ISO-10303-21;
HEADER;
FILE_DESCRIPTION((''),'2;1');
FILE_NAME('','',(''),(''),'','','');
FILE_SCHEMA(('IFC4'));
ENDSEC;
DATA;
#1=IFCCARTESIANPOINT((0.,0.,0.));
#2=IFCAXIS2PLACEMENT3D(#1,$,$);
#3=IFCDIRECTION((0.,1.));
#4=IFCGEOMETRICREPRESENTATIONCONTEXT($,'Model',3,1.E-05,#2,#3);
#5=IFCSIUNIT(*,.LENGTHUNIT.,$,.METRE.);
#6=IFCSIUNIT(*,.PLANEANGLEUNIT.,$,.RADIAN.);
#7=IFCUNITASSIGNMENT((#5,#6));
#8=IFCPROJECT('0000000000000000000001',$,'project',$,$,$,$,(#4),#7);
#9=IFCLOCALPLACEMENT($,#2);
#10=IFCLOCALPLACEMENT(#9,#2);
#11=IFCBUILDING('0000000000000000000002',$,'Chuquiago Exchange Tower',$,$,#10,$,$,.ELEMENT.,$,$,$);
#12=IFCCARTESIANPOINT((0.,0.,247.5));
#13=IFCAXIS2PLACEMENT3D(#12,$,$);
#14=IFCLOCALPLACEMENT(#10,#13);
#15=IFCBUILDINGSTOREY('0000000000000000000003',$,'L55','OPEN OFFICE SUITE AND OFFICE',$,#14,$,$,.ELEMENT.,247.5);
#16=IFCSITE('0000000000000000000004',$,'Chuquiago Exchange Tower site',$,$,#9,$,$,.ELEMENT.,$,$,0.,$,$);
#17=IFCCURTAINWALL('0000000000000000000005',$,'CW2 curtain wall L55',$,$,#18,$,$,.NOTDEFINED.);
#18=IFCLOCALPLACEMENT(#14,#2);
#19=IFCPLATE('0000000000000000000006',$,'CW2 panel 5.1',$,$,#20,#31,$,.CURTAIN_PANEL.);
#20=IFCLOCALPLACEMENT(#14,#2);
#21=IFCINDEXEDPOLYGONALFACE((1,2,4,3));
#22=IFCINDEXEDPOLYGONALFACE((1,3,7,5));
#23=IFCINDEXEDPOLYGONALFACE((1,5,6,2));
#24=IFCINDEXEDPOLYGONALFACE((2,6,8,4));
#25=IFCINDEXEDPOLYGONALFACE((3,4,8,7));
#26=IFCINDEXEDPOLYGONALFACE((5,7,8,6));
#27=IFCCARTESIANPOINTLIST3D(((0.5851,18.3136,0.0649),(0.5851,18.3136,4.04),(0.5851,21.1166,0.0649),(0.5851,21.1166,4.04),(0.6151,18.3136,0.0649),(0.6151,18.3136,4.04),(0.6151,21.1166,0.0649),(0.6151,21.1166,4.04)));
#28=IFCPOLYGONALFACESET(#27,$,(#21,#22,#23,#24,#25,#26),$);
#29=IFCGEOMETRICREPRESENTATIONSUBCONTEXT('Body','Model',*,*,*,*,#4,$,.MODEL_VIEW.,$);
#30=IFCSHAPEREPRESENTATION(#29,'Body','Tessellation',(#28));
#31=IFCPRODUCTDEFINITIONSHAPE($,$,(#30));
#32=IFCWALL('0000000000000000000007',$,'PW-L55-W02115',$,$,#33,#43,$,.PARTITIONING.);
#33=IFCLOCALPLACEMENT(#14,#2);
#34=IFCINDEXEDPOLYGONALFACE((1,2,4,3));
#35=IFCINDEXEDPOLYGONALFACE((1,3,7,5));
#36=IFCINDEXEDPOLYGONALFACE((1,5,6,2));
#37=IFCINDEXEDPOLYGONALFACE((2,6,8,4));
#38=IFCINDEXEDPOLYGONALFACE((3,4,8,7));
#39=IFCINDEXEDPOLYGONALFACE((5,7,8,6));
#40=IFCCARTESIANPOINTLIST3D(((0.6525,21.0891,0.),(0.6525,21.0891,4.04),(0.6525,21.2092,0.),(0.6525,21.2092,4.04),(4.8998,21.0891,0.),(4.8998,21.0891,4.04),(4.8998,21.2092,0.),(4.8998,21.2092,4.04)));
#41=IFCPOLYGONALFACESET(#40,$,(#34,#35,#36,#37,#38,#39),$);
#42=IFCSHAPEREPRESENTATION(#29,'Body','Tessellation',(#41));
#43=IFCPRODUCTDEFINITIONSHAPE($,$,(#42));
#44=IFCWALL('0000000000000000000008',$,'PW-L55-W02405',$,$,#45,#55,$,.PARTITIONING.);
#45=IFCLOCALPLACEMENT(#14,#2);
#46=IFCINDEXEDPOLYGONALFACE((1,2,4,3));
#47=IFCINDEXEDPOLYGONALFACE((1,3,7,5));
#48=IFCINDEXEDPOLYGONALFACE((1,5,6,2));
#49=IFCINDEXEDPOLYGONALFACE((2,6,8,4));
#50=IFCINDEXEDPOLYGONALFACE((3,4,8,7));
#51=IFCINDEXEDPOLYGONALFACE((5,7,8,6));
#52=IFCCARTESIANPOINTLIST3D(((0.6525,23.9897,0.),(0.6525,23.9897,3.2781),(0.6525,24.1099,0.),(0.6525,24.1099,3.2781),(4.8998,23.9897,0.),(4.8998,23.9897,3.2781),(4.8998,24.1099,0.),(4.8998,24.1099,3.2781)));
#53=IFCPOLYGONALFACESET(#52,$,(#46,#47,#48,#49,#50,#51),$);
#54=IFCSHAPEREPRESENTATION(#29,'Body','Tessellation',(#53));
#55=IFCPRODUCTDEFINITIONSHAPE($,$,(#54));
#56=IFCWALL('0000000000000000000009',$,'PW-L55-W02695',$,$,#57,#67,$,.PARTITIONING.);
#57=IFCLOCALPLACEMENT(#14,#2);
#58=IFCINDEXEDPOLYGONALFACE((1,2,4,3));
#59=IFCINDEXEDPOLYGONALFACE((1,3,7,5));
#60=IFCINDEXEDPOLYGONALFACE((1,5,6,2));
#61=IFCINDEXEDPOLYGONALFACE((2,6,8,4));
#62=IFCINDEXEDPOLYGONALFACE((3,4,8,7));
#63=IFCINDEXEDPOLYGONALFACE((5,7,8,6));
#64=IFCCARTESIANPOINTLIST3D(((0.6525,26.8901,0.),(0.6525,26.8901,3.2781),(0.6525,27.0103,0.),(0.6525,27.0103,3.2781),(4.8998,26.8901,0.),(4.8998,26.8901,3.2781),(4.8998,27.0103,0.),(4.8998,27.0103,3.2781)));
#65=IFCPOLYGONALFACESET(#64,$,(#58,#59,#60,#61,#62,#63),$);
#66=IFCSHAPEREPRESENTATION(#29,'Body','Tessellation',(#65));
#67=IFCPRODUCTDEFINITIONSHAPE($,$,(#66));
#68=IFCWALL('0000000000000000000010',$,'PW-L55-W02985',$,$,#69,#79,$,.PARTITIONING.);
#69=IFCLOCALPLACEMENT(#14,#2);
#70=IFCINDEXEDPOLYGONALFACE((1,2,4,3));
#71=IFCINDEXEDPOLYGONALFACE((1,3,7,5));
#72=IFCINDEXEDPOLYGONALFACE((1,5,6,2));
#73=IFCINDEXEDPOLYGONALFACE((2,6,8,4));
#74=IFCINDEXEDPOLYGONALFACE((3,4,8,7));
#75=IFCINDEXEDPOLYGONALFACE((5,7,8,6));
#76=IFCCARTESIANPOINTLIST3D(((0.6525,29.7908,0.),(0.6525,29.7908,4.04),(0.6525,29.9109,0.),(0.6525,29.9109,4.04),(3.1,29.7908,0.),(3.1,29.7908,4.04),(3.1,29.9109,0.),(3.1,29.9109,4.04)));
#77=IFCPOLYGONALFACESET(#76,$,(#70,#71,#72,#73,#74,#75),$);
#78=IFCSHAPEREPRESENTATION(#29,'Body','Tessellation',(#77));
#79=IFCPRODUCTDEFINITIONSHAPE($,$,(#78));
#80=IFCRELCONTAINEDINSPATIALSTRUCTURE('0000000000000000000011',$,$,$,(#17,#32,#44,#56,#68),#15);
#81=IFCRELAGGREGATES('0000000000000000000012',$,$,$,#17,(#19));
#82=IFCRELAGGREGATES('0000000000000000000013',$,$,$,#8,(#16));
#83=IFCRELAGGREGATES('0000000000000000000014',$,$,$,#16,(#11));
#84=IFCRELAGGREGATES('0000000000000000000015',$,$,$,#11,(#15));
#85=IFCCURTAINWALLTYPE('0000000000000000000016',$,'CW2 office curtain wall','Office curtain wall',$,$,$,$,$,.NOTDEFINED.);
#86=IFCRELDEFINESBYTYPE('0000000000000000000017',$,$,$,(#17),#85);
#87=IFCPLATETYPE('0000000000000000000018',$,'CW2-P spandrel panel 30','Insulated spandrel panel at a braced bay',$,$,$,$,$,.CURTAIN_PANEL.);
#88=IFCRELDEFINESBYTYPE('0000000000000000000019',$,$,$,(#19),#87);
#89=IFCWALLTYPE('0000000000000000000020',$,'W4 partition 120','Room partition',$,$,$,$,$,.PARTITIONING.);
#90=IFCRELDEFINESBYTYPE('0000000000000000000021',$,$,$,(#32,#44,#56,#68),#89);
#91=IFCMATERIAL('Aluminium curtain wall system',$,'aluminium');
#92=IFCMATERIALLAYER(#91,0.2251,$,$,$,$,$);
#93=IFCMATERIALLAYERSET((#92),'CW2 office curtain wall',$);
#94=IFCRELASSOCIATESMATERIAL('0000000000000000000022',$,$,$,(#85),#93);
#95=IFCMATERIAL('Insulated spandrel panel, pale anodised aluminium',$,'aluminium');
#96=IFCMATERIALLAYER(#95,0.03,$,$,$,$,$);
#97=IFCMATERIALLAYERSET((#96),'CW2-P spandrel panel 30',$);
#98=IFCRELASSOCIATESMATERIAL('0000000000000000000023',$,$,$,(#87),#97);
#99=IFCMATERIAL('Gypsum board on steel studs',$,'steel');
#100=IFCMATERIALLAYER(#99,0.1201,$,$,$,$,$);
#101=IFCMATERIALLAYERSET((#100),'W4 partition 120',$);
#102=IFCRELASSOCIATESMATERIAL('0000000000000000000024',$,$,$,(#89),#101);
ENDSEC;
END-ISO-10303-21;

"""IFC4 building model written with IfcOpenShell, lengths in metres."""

from ifc_helpers import new_model, si_unit, direction, frame, frame_2d, origin, origin_2d, place, context, subcontext, project, spatial, rectangle, extrude, material, layer, layer_set, type_object, element, aggregate, save


model = new_model("IFC4")

# Units and contexts
model_context = context("Model", 3, precision=1e-05, world=origin(), true_north=direction((0.0, 1.0)))
body_context = subcontext(model_context, "Body", "Model", "MODEL_VIEW")
ifc_project = project(units=[si_unit("LENGTHUNIT", "METRE"), si_unit("PLANEANGLEUNIT", "RADIAN")], contexts=[model_context])

# Site, building, storey
site_placement = place(None, origin())
site = spatial("IfcSite", under=ifc_project, at=site_placement, Name="Chuquiago Exchange Tower site", CompositionType="ELEMENT", RefElevation=0.0)
building_placement = place(site_placement, origin())
building = spatial("IfcBuilding", under=site, at=building_placement, Name="Chuquiago Exchange Tower", CompositionType="ELEMENT")
storey_placement = place(building_placement, frame((0.0, 0.0, 247.5)))
storey = spatial("IfcBuildingStorey", under=building, at=storey_placement, Name="L55", Description="OPEN OFFICE SUITE AND OFFICE", CompositionType="ELEMENT", Elevation=247.5)

# Curtain wall
ifc_material_1 = material(Name="Aluminium curtain wall system", Category="aluminium")
ifc_layer_1 = layer(ifc_material_1, 0.2251)
ifc_layer_set_1 = layer_set([ifc_layer_1], Name="CW2 office curtain wall")
curtain_wall_type = type_object("IfcCurtainWallType", Name="CW2 office curtain wall", Description="Office curtain wall", PredefinedType="NOTDEFINED", material=ifc_layer_set_1)
curtain_wall_placement = place(storey_placement, origin())
curtain_wall = element("IfcCurtainWall", 1, at=curtain_wall_placement, inside=storey, type_object=curtain_wall_type, Name="CW2 curtain wall L55", PredefinedType="NOTDEFINED")

# Plate
ifc_material_2 = material(Name="Insulated spandrel panel, pale anodised aluminium", Category="aluminium")
ifc_layer_2 = layer(ifc_material_2, 0.03)
ifc_layer_set_2 = layer_set([ifc_layer_2], Name="CW2-P spandrel panel 30")
plate_type_1 = type_object("IfcPlateType", Name="CW2-P spandrel panel 30", Description="Insulated spandrel panel at a braced bay", PredefinedType="CURTAIN_PANEL", material=ifc_layer_set_2)
plate_1_placement = place(storey_placement, frame((0.6001, 19.7151, 0.0649), z_axis=(0.0, 0.0, 1.0), x_axis=(0.0, -1.0, 0.0)))
plate_1 = element("IfcPlate", 2, at=plate_1_placement, type_object=plate_type_1, Name="CW2 panel 5.1", PredefinedType="CURTAIN_PANEL", context=body_context, shape_type="SweptSolid", body=[
    extrude(rectangle(XDim=2.803, YDim=0.03, at=origin_2d()), origin(), (0.0, 0.0, 1.0), 3.9751),
])
aggregate(curtain_wall, [plate_1])

# Walls
ifc_material_3 = material(Name="Gypsum board on steel studs", Category="steel")
ifc_layer_3 = layer(ifc_material_3, 0.1201)
ifc_layer_set_3 = layer_set([ifc_layer_3], Name="W4 partition 120")
wall_type = type_object("IfcWallType", Name="W4 partition 120", Description="Room partition", PredefinedType="PARTITIONING", material=ifc_layer_set_3)
wall_1_placement = place(storey_placement, frame((0.6526, 21.1492, 0.0), z_axis=(0.0, 0.0, 1.0), x_axis=(1.0, 0.0, 0.0)))
element("IfcWall", 3, at=wall_1_placement, inside=storey, type_object=wall_type, Name="PW-L55-W02115", PredefinedType="PARTITIONING", context=body_context, shape_type="SweptSolid", body=[
    extrude(rectangle(XDim=4.2473, YDim=0.1201, at=frame_2d((2.1235, 0.0))), origin(), (0.0, 0.0, 1.0), 4.04),
])
for number, where, z_axis, x_axis, name in (
    (4, (0.6526, 24.0498, 0.0), (0.0, 0.0, 1.0), (1.0, 0.0, 0.0), "PW-L55-W02405"),
    (5, (0.6526, 26.9502, 0.0), (0.0, 0.0, 1.0), (1.0, 0.0, 0.0), "PW-L55-W02695"),
):
    element("IfcWall", number, at=place(storey_placement, frame(where, z_axis=z_axis, x_axis=x_axis)), inside=storey, type_object=wall_type, Name=name, PredefinedType="PARTITIONING", context=body_context, shape_type="SweptSolid", body=[
        extrude(rectangle(XDim=4.2473, YDim=0.1201, at=frame_2d((2.1235, 0.0))), origin(), (0.0, 0.0, 1.0), 3.2781),
    ])
wall_2_placement = place(storey_placement, frame((0.6526, 29.8508, 0.0), z_axis=(0.0, 0.0, 1.0), x_axis=(1.0, 0.0, 0.0)))
element("IfcWall", 6, at=wall_2_placement, inside=storey, type_object=wall_type, Name="PW-L55-W02985", PredefinedType="PARTITIONING", context=body_context, shape_type="SweptSolid", body=[
    extrude(rectangle(XDim=2.4475, YDim=0.1201, at=frame_2d((1.2236, 0.0))), origin(), (0.0, 0.0, 1.0), 4.04),
])

save(model, "model.ifc")
